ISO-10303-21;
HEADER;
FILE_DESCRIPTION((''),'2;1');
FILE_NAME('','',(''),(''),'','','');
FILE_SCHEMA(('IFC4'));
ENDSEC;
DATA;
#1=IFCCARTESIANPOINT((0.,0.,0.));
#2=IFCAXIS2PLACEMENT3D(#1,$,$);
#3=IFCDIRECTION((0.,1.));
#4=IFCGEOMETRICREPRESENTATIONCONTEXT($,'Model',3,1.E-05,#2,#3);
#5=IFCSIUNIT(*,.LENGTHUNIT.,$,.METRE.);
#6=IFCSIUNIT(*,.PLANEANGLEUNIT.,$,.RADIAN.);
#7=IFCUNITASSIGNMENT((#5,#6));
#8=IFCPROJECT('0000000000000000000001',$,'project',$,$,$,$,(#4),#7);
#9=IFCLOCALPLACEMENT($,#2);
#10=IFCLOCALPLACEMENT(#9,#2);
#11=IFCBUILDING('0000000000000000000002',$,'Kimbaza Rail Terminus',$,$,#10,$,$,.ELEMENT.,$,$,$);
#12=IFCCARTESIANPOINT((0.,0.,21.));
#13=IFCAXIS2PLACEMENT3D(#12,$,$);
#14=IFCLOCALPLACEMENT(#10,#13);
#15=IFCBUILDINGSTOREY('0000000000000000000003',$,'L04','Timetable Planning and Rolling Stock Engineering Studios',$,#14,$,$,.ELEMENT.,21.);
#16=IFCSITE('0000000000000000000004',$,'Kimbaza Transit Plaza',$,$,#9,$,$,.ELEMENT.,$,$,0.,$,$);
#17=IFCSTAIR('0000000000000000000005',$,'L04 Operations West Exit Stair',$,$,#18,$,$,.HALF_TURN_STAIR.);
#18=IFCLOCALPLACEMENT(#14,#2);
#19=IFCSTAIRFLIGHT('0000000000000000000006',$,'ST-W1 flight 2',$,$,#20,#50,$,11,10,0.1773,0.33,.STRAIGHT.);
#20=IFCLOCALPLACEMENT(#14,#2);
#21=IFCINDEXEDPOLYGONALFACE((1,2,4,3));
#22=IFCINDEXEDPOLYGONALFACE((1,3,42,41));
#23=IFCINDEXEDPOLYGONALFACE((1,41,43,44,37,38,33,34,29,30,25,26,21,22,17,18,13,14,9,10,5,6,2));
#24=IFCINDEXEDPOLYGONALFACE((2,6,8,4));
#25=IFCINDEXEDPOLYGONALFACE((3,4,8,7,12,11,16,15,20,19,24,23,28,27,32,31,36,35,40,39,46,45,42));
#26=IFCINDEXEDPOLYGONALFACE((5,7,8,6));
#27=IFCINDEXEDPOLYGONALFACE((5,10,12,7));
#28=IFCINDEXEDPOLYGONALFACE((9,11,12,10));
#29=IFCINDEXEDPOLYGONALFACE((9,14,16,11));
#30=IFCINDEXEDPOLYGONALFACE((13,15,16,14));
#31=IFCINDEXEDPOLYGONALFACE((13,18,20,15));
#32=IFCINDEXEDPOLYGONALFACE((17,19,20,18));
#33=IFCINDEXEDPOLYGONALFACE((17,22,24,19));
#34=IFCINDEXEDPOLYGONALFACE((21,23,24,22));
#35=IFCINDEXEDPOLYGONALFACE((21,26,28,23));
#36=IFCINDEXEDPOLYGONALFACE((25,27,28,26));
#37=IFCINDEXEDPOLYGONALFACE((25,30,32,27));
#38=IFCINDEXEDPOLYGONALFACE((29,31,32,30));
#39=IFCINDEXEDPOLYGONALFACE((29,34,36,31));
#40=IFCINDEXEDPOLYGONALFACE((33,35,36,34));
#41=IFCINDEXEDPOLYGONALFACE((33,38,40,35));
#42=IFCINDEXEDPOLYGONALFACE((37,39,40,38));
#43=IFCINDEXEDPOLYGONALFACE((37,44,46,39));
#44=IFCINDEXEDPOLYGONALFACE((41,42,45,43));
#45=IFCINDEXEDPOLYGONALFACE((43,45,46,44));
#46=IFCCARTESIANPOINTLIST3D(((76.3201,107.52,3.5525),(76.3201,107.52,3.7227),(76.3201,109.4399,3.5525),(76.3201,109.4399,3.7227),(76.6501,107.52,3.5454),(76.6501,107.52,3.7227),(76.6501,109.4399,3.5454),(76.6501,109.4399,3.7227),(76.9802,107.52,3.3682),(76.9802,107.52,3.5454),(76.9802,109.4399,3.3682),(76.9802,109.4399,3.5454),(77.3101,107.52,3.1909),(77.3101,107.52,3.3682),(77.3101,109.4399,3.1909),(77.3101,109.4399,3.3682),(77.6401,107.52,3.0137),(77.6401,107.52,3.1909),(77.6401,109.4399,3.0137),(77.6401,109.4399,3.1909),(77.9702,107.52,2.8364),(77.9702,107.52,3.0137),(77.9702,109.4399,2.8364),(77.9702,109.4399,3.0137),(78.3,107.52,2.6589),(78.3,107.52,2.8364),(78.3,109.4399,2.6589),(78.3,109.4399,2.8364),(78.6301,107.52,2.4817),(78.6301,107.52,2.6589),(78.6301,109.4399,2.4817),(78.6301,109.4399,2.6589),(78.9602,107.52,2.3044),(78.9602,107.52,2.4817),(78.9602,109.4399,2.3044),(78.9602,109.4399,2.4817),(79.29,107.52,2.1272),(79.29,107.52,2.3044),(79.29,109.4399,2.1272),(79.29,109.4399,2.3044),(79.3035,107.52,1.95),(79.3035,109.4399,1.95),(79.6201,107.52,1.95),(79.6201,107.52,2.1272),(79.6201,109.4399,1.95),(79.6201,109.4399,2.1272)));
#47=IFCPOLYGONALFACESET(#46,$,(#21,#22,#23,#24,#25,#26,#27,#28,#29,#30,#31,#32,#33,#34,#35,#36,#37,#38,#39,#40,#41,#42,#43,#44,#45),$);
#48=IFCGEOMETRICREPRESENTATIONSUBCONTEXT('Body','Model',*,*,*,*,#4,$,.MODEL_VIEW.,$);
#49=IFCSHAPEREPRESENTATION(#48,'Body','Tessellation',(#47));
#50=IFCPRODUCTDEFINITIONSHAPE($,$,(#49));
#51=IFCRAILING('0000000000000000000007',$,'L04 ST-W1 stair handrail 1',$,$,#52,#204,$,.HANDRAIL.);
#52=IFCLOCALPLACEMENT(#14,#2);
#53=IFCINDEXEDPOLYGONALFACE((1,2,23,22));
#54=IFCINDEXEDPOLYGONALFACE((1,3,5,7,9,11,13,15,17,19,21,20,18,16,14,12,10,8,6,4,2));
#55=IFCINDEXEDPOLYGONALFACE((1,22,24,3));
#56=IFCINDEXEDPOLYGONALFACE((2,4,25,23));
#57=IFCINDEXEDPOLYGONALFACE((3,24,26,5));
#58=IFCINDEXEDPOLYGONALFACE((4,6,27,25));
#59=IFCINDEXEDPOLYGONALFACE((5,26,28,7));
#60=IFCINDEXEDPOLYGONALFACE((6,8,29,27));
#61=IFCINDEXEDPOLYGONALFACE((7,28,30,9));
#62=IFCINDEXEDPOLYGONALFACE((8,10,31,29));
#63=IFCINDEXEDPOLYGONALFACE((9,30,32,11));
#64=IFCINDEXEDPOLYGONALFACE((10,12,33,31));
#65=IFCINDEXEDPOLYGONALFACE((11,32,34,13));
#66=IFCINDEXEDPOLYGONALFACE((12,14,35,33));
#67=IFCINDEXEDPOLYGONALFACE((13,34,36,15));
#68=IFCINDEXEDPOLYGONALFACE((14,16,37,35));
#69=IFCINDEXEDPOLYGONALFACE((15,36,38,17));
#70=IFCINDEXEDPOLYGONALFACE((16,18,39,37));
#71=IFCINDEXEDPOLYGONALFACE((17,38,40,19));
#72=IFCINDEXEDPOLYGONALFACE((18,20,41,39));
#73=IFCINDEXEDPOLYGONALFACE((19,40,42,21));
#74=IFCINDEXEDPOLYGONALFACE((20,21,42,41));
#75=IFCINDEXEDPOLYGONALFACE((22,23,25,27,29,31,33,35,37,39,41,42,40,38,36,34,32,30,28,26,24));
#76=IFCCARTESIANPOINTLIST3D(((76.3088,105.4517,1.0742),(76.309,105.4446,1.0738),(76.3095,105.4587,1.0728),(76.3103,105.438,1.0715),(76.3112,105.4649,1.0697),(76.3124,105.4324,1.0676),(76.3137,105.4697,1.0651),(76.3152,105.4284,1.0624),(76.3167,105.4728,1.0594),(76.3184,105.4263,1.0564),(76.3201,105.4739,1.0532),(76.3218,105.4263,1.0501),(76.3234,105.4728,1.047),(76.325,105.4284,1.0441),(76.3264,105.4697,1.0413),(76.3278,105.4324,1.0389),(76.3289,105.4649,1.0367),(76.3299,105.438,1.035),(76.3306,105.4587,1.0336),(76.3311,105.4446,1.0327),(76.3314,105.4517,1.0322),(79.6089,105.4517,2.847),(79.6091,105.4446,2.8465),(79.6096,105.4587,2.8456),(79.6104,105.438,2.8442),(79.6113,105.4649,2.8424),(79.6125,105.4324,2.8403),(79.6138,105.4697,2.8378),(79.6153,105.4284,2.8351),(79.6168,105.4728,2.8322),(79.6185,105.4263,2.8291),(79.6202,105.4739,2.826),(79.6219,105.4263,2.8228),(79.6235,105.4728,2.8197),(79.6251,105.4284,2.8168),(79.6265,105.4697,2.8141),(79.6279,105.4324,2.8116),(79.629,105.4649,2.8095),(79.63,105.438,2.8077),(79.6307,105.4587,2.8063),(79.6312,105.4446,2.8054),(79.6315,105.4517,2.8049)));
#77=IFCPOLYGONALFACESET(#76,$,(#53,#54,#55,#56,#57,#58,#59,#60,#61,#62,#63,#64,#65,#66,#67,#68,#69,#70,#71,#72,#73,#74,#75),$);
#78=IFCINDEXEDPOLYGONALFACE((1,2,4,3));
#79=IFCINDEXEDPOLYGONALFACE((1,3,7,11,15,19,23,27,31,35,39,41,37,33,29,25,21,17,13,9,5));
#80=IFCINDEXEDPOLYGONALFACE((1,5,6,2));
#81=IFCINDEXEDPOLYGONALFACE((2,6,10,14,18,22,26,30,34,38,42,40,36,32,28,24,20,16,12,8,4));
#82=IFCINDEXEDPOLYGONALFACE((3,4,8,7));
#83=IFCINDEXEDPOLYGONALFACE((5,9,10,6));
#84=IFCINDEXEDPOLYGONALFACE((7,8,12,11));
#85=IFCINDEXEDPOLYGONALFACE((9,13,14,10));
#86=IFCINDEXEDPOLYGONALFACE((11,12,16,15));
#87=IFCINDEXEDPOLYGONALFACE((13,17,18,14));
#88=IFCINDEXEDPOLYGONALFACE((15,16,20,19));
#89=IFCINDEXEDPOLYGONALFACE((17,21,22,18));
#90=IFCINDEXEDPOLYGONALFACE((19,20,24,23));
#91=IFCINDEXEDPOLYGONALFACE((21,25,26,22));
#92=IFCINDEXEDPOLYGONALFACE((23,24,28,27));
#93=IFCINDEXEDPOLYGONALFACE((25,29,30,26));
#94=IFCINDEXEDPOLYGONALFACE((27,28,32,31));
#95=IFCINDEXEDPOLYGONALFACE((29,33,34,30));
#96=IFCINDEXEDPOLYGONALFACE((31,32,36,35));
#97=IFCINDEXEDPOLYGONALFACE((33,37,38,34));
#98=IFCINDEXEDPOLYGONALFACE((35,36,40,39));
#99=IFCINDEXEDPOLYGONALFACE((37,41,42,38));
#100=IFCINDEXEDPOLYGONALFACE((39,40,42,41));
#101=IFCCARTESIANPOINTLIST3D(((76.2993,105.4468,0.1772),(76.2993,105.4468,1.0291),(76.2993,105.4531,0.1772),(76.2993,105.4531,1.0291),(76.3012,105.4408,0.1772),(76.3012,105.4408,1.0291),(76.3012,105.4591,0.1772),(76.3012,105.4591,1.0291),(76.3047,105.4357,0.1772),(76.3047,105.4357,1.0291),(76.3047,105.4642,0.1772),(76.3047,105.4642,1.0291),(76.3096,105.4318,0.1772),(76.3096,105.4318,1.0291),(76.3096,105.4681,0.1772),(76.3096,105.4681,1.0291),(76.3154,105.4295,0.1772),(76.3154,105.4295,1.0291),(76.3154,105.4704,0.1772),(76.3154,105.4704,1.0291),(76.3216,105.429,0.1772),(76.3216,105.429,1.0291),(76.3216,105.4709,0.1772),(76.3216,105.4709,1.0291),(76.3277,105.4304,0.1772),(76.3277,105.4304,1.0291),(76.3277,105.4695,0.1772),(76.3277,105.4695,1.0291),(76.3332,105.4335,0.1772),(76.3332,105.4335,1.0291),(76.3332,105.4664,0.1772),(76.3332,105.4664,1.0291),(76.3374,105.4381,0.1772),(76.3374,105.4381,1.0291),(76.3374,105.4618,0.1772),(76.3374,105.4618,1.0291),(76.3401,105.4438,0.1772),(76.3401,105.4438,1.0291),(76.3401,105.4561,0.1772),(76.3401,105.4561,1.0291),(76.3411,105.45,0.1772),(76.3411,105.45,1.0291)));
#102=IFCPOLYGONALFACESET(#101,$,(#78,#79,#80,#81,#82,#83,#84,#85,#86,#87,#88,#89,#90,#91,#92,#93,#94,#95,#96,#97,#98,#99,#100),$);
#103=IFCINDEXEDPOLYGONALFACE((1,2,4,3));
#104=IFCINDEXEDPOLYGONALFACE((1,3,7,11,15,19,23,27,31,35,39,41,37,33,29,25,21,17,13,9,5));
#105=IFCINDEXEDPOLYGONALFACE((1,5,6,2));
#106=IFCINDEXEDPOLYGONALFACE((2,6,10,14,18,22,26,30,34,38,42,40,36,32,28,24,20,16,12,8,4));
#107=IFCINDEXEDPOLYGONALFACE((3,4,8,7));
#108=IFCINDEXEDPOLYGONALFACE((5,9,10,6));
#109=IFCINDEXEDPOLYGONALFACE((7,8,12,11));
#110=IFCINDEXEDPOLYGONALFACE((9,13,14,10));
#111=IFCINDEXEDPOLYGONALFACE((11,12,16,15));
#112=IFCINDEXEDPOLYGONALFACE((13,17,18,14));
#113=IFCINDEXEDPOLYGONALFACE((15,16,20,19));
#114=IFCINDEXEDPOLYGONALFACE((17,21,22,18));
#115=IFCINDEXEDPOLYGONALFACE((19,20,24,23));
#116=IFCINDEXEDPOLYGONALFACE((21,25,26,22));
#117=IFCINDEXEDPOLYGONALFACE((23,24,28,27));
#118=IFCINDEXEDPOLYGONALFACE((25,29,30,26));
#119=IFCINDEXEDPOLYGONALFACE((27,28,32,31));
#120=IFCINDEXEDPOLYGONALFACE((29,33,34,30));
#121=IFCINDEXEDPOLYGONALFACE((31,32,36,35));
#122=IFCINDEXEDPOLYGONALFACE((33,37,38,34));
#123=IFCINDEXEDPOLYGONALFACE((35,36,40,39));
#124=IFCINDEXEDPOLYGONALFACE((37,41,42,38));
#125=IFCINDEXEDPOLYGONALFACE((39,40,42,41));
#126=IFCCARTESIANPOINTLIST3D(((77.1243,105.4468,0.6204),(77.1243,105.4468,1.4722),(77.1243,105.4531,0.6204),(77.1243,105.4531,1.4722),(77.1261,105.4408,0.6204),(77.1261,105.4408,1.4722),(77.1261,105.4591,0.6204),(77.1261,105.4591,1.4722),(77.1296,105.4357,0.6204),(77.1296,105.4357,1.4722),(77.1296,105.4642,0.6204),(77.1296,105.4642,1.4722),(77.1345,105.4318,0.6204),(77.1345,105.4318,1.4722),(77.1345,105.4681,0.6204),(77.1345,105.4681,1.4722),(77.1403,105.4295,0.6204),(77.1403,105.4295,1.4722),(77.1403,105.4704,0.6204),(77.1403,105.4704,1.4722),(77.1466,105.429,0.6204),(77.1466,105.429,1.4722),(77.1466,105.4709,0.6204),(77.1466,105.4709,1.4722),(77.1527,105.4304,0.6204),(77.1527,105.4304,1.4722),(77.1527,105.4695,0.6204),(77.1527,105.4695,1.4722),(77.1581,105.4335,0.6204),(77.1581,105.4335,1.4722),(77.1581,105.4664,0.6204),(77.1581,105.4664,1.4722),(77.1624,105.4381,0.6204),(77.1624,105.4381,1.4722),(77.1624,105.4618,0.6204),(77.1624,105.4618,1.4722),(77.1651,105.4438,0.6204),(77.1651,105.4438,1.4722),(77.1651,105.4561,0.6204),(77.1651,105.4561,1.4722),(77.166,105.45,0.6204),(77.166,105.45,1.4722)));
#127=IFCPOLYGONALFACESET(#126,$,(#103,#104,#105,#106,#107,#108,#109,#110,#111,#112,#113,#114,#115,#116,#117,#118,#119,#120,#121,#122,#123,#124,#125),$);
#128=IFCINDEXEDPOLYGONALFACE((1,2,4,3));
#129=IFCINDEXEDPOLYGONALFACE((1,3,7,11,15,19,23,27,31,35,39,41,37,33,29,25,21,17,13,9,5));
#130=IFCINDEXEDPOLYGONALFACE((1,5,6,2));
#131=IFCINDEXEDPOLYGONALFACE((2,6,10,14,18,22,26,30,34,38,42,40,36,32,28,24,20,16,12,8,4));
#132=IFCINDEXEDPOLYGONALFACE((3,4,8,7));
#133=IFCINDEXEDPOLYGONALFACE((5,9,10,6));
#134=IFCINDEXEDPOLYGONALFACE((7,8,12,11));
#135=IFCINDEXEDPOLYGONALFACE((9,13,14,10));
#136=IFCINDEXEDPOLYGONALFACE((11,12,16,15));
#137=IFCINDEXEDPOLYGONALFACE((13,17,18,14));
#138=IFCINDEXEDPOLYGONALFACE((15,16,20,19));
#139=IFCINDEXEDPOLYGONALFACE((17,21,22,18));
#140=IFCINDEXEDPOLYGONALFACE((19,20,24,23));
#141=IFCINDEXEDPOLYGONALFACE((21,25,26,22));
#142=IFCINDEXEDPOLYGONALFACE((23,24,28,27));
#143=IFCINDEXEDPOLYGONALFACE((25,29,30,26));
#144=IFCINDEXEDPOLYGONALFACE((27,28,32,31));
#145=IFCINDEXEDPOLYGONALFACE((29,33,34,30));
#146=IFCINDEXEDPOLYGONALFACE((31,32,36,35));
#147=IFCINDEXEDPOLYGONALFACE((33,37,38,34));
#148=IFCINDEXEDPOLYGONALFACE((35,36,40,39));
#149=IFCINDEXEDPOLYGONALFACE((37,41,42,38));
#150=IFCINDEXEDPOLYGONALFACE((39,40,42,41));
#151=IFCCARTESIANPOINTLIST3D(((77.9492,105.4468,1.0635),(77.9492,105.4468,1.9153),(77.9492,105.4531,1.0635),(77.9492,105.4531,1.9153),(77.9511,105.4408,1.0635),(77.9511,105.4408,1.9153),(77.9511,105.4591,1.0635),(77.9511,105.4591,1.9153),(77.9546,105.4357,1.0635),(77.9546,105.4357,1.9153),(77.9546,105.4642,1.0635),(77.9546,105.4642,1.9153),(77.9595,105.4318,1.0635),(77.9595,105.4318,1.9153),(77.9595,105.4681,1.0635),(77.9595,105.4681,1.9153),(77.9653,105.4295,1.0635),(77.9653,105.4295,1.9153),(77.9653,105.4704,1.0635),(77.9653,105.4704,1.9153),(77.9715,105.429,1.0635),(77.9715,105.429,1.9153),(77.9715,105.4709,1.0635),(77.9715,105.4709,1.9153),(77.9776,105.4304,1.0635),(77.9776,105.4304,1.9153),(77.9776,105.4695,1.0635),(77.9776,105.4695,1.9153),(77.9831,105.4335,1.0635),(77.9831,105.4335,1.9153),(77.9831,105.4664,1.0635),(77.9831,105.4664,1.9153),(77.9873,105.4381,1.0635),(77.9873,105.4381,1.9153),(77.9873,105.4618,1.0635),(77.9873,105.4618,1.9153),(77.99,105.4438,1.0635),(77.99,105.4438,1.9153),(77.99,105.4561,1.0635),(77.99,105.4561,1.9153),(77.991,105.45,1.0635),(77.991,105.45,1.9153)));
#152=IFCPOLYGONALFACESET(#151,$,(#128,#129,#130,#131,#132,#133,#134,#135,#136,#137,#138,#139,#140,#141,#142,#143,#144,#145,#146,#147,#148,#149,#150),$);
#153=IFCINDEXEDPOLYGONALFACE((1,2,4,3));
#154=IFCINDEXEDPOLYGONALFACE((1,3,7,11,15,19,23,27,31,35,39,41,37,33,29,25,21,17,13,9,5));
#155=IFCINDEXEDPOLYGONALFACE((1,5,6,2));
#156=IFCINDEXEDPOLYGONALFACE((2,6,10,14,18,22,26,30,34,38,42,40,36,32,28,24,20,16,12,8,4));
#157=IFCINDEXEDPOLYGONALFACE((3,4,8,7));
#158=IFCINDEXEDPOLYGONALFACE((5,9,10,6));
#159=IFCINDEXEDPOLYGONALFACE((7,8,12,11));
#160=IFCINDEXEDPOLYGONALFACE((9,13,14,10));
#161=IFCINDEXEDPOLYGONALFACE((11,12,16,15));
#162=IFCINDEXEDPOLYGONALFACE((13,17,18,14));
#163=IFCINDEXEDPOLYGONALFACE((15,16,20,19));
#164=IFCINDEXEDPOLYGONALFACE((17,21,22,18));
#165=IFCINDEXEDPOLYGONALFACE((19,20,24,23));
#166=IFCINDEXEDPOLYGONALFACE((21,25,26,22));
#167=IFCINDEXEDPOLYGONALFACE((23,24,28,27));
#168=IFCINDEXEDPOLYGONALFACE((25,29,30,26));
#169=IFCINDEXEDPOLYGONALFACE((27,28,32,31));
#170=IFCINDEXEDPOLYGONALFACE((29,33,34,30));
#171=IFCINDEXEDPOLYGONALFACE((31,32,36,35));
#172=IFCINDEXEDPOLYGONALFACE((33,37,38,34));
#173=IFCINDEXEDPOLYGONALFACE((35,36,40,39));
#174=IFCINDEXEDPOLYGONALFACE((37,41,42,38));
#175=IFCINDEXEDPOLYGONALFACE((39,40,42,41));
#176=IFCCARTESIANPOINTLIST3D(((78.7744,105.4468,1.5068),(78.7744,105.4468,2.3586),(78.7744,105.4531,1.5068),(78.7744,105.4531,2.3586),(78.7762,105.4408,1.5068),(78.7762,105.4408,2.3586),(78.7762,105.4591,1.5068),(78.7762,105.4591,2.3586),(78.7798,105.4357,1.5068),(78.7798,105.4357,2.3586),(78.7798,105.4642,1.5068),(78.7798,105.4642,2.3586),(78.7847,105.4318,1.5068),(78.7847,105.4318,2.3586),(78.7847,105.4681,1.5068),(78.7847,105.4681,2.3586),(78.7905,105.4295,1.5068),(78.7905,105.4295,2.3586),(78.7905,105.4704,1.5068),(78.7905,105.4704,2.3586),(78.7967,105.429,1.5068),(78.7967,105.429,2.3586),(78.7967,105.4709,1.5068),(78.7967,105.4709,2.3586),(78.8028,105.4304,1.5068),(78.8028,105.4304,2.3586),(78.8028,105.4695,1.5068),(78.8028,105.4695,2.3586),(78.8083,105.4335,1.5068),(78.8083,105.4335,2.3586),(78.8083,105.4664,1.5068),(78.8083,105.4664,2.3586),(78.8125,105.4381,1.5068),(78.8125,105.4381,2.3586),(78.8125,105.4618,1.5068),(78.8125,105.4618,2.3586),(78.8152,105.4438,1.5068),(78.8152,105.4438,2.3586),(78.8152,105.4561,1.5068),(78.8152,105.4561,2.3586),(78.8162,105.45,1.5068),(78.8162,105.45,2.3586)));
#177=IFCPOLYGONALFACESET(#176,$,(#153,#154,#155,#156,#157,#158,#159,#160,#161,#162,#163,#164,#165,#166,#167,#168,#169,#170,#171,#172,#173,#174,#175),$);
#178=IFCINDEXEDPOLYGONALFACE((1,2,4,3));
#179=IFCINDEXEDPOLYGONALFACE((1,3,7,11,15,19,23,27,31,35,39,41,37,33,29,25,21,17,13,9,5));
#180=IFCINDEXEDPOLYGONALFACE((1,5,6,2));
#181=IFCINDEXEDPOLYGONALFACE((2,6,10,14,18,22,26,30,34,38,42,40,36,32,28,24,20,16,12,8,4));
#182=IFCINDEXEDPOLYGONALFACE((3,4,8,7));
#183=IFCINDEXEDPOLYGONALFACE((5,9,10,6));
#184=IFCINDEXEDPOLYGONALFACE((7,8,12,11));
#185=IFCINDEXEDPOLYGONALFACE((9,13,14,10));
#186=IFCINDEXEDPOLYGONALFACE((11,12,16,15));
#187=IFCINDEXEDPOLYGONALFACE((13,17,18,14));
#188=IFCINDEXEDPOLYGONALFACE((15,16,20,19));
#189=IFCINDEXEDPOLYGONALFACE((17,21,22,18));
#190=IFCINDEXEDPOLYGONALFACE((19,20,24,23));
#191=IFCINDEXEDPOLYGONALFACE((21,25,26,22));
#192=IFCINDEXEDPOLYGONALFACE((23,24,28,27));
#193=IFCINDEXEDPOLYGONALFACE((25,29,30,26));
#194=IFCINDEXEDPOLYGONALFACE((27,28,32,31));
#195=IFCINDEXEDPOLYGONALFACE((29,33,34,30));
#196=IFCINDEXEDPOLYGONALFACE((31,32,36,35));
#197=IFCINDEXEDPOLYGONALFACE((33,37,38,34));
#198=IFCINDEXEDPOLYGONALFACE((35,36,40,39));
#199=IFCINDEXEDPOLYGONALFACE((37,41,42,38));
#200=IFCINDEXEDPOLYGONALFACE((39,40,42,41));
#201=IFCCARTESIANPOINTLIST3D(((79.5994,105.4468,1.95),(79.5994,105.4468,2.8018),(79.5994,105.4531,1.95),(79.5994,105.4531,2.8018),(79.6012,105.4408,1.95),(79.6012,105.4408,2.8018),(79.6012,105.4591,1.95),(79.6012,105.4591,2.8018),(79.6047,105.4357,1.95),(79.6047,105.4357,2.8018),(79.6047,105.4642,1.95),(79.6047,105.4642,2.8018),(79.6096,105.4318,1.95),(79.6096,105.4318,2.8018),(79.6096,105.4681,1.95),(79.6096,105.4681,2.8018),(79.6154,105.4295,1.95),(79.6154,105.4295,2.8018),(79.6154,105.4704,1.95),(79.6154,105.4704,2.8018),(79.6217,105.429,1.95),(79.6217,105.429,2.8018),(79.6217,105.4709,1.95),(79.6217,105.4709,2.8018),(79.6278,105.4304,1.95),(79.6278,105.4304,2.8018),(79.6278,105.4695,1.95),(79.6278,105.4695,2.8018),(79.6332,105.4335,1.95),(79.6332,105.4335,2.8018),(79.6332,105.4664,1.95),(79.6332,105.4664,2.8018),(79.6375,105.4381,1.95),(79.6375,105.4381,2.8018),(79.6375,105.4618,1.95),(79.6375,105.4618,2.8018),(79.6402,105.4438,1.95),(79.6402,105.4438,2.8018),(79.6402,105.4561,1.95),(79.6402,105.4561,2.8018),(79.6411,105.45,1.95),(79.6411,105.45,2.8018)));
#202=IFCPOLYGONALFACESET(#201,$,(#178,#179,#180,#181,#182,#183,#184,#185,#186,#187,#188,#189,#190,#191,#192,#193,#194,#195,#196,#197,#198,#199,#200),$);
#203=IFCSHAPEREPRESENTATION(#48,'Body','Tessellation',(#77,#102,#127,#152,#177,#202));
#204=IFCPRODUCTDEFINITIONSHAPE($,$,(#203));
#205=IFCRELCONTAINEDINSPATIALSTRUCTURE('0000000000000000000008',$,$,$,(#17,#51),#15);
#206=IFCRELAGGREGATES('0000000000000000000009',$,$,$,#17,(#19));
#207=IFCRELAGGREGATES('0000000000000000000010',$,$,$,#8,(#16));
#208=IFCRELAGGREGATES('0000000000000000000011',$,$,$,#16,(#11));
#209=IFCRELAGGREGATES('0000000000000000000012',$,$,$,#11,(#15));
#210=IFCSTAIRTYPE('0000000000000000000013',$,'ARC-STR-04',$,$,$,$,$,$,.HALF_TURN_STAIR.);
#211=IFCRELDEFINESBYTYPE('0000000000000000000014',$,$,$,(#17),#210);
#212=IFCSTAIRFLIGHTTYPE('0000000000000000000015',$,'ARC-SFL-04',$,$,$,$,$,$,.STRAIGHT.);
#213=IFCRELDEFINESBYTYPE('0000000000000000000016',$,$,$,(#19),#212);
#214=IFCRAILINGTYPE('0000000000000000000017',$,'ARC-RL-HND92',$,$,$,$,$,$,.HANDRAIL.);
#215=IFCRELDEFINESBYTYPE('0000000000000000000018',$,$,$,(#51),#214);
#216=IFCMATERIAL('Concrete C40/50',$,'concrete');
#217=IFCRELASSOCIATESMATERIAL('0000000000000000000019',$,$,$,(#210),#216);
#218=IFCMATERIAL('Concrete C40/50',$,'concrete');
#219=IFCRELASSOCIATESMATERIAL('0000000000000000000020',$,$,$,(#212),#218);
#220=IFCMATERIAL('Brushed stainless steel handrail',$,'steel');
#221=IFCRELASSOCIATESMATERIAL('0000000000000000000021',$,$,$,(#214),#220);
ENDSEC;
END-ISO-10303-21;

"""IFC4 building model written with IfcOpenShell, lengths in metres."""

from ifc_helpers import new_model, si_unit, direction, frame, origin, origin_2d, place, context, subcontext, project, spatial, polyline, circle, outline, extrude, material, type_object, element, aggregate, save


model = new_model("IFC4")

# Units and contexts
model_context = context("Model", 3, precision=1e-05, world=origin(), true_north=direction((0.0, 1.0)))
body_context = subcontext(model_context, "Body", "Model", "MODEL_VIEW")
ifc_project = project(units=[si_unit("LENGTHUNIT", "METRE"), si_unit("PLANEANGLEUNIT", "RADIAN")], contexts=[model_context])

# Site, building, storey
site_placement = place(None, origin())
site = spatial("IfcSite", under=ifc_project, at=site_placement, Name="Kimbaza Transit Plaza", CompositionType="ELEMENT", RefElevation=0.0)
building_placement = place(site_placement, origin())
building = spatial("IfcBuilding", under=site, at=building_placement, Name="Kimbaza Rail Terminus", CompositionType="ELEMENT")
storey_placement = place(building_placement, frame((0.0, 0.0, 21.0)))
storey = spatial("IfcBuildingStorey", under=building, at=storey_placement, Name="L04", Description="Timetable Planning and Rolling Stock Engineering Studios", CompositionType="ELEMENT", Elevation=21.0)

# Stair, stair flight
ifc_material_1 = material(Name="Concrete C40/50", Category="concrete")
stair_type = type_object("IfcStairType", Name="ARC-STR-04", PredefinedType="HALF_TURN_STAIR", material=ifc_material_1)
stair_placement = place(storey_placement, origin())
stair = element("IfcStair", 1, at=stair_placement, inside=storey, type_object=stair_type, Name="L04 Operations West Exit Stair", PredefinedType="HALF_TURN_STAIR")
ifc_material_2 = material(Name="Concrete C40/50", Category="concrete")
stair_flight_type = type_object("IfcStairFlightType", Name="ARC-SFL-04", PredefinedType="STRAIGHT", material=ifc_material_2)
stair_flight_1_placement = place(storey_placement, frame((79.6201, 108.48, 1.95), z_axis=(0.0, 0.0, 1.0), x_axis=(-1.0, 0.0, 0.0)))
stair_flight_1 = element("IfcStairFlight", 2, at=stair_flight_1_placement, type_object=stair_flight_type, Name="ST-W1 flight 2", NumberOfRisers=11, NumberOfTreads=10, PredefinedType="STRAIGHT", RiserHeight=0.1773, TreadLength=0.33, context=body_context, shape_type="SweptSolid", body=[
    extrude(outline(polyline([(0.0, 0.0), (0.0, 0.1772), (0.3301, 0.1772), (0.3301, 0.3545), (0.6599, 0.3545), (0.6599, 0.5317), (0.99, 0.5317), (0.99, 0.709), (1.3201, 0.709), (1.3201, 0.8865), (1.6499, 0.8865), (1.6499, 1.0637), (1.98, 1.0637), (1.98, 1.241), (2.3101, 1.241), (2.3101, 1.4182), (2.6399, 1.4182), (2.6399, 1.5955), (2.97, 1.5955), (2.97, 1.7727), (3.3, 1.7727), (3.3, 1.95), (3.3, 1.6025), (0.3167, 0.0), (0.0, 0.0)])), frame((0.0, 0.96, 0.0), z_axis=(0.0, -1.0, 0.0), x_axis=(1.0, 0.0, 0.0)), (0.0, 0.0, 1.0), 1.9199),
])
aggregate(stair, [stair_flight_1])

# Railing
ifc_material_3 = material(Name="Brushed stainless steel handrail", Category="steel")
railing_type_1 = type_object("IfcRailingType", Name="ARC-RL-HND92", PredefinedType="HANDRAIL", material=ifc_material_3)
railing_1_placement = place(storey_placement, frame((76.3201, 105.45, 0.1772)))
element("IfcRailing", 3, at=railing_1_placement, inside=storey, type_object=railing_type_1, Name="L04 ST-W1 stair handrail 1", PredefinedType="HANDRAIL", context=body_context, shape_type="SweptSolid", body=[
    extrude(circle(Radius=0.0239, at=origin_2d()), frame((0.0, 0.0, 0.876), z_axis=(0.880944, 0.0, 0.473221), x_axis=(0.0, 1.0, 0.0)), (0.0, 0.0, 1.0), 3.7461),
    extrude(circle(Radius=0.021, at=origin_2d()), origin(), (0.0, 0.0, 1.0), 0.8518),
    extrude(circle(Radius=0.021, at=origin_2d()), frame((0.825, 0.0, 0.4431)), (0.0, 0.0, 1.0), 0.8518),
    extrude(circle(Radius=0.021, at=origin_2d()), frame((1.6499, 0.0, 0.8862)), (0.0, 0.0, 1.0), 0.8518),
    extrude(circle(Radius=0.021, at=origin_2d()), frame((2.4751, 0.0, 1.3296)), (0.0, 0.0, 1.0), 0.8518),
    extrude(circle(Radius=0.021, at=origin_2d()), frame((3.3, 0.0, 1.7727)), (0.0, 0.0, 1.0), 0.8518),
])

save(model, "model.ifc")
